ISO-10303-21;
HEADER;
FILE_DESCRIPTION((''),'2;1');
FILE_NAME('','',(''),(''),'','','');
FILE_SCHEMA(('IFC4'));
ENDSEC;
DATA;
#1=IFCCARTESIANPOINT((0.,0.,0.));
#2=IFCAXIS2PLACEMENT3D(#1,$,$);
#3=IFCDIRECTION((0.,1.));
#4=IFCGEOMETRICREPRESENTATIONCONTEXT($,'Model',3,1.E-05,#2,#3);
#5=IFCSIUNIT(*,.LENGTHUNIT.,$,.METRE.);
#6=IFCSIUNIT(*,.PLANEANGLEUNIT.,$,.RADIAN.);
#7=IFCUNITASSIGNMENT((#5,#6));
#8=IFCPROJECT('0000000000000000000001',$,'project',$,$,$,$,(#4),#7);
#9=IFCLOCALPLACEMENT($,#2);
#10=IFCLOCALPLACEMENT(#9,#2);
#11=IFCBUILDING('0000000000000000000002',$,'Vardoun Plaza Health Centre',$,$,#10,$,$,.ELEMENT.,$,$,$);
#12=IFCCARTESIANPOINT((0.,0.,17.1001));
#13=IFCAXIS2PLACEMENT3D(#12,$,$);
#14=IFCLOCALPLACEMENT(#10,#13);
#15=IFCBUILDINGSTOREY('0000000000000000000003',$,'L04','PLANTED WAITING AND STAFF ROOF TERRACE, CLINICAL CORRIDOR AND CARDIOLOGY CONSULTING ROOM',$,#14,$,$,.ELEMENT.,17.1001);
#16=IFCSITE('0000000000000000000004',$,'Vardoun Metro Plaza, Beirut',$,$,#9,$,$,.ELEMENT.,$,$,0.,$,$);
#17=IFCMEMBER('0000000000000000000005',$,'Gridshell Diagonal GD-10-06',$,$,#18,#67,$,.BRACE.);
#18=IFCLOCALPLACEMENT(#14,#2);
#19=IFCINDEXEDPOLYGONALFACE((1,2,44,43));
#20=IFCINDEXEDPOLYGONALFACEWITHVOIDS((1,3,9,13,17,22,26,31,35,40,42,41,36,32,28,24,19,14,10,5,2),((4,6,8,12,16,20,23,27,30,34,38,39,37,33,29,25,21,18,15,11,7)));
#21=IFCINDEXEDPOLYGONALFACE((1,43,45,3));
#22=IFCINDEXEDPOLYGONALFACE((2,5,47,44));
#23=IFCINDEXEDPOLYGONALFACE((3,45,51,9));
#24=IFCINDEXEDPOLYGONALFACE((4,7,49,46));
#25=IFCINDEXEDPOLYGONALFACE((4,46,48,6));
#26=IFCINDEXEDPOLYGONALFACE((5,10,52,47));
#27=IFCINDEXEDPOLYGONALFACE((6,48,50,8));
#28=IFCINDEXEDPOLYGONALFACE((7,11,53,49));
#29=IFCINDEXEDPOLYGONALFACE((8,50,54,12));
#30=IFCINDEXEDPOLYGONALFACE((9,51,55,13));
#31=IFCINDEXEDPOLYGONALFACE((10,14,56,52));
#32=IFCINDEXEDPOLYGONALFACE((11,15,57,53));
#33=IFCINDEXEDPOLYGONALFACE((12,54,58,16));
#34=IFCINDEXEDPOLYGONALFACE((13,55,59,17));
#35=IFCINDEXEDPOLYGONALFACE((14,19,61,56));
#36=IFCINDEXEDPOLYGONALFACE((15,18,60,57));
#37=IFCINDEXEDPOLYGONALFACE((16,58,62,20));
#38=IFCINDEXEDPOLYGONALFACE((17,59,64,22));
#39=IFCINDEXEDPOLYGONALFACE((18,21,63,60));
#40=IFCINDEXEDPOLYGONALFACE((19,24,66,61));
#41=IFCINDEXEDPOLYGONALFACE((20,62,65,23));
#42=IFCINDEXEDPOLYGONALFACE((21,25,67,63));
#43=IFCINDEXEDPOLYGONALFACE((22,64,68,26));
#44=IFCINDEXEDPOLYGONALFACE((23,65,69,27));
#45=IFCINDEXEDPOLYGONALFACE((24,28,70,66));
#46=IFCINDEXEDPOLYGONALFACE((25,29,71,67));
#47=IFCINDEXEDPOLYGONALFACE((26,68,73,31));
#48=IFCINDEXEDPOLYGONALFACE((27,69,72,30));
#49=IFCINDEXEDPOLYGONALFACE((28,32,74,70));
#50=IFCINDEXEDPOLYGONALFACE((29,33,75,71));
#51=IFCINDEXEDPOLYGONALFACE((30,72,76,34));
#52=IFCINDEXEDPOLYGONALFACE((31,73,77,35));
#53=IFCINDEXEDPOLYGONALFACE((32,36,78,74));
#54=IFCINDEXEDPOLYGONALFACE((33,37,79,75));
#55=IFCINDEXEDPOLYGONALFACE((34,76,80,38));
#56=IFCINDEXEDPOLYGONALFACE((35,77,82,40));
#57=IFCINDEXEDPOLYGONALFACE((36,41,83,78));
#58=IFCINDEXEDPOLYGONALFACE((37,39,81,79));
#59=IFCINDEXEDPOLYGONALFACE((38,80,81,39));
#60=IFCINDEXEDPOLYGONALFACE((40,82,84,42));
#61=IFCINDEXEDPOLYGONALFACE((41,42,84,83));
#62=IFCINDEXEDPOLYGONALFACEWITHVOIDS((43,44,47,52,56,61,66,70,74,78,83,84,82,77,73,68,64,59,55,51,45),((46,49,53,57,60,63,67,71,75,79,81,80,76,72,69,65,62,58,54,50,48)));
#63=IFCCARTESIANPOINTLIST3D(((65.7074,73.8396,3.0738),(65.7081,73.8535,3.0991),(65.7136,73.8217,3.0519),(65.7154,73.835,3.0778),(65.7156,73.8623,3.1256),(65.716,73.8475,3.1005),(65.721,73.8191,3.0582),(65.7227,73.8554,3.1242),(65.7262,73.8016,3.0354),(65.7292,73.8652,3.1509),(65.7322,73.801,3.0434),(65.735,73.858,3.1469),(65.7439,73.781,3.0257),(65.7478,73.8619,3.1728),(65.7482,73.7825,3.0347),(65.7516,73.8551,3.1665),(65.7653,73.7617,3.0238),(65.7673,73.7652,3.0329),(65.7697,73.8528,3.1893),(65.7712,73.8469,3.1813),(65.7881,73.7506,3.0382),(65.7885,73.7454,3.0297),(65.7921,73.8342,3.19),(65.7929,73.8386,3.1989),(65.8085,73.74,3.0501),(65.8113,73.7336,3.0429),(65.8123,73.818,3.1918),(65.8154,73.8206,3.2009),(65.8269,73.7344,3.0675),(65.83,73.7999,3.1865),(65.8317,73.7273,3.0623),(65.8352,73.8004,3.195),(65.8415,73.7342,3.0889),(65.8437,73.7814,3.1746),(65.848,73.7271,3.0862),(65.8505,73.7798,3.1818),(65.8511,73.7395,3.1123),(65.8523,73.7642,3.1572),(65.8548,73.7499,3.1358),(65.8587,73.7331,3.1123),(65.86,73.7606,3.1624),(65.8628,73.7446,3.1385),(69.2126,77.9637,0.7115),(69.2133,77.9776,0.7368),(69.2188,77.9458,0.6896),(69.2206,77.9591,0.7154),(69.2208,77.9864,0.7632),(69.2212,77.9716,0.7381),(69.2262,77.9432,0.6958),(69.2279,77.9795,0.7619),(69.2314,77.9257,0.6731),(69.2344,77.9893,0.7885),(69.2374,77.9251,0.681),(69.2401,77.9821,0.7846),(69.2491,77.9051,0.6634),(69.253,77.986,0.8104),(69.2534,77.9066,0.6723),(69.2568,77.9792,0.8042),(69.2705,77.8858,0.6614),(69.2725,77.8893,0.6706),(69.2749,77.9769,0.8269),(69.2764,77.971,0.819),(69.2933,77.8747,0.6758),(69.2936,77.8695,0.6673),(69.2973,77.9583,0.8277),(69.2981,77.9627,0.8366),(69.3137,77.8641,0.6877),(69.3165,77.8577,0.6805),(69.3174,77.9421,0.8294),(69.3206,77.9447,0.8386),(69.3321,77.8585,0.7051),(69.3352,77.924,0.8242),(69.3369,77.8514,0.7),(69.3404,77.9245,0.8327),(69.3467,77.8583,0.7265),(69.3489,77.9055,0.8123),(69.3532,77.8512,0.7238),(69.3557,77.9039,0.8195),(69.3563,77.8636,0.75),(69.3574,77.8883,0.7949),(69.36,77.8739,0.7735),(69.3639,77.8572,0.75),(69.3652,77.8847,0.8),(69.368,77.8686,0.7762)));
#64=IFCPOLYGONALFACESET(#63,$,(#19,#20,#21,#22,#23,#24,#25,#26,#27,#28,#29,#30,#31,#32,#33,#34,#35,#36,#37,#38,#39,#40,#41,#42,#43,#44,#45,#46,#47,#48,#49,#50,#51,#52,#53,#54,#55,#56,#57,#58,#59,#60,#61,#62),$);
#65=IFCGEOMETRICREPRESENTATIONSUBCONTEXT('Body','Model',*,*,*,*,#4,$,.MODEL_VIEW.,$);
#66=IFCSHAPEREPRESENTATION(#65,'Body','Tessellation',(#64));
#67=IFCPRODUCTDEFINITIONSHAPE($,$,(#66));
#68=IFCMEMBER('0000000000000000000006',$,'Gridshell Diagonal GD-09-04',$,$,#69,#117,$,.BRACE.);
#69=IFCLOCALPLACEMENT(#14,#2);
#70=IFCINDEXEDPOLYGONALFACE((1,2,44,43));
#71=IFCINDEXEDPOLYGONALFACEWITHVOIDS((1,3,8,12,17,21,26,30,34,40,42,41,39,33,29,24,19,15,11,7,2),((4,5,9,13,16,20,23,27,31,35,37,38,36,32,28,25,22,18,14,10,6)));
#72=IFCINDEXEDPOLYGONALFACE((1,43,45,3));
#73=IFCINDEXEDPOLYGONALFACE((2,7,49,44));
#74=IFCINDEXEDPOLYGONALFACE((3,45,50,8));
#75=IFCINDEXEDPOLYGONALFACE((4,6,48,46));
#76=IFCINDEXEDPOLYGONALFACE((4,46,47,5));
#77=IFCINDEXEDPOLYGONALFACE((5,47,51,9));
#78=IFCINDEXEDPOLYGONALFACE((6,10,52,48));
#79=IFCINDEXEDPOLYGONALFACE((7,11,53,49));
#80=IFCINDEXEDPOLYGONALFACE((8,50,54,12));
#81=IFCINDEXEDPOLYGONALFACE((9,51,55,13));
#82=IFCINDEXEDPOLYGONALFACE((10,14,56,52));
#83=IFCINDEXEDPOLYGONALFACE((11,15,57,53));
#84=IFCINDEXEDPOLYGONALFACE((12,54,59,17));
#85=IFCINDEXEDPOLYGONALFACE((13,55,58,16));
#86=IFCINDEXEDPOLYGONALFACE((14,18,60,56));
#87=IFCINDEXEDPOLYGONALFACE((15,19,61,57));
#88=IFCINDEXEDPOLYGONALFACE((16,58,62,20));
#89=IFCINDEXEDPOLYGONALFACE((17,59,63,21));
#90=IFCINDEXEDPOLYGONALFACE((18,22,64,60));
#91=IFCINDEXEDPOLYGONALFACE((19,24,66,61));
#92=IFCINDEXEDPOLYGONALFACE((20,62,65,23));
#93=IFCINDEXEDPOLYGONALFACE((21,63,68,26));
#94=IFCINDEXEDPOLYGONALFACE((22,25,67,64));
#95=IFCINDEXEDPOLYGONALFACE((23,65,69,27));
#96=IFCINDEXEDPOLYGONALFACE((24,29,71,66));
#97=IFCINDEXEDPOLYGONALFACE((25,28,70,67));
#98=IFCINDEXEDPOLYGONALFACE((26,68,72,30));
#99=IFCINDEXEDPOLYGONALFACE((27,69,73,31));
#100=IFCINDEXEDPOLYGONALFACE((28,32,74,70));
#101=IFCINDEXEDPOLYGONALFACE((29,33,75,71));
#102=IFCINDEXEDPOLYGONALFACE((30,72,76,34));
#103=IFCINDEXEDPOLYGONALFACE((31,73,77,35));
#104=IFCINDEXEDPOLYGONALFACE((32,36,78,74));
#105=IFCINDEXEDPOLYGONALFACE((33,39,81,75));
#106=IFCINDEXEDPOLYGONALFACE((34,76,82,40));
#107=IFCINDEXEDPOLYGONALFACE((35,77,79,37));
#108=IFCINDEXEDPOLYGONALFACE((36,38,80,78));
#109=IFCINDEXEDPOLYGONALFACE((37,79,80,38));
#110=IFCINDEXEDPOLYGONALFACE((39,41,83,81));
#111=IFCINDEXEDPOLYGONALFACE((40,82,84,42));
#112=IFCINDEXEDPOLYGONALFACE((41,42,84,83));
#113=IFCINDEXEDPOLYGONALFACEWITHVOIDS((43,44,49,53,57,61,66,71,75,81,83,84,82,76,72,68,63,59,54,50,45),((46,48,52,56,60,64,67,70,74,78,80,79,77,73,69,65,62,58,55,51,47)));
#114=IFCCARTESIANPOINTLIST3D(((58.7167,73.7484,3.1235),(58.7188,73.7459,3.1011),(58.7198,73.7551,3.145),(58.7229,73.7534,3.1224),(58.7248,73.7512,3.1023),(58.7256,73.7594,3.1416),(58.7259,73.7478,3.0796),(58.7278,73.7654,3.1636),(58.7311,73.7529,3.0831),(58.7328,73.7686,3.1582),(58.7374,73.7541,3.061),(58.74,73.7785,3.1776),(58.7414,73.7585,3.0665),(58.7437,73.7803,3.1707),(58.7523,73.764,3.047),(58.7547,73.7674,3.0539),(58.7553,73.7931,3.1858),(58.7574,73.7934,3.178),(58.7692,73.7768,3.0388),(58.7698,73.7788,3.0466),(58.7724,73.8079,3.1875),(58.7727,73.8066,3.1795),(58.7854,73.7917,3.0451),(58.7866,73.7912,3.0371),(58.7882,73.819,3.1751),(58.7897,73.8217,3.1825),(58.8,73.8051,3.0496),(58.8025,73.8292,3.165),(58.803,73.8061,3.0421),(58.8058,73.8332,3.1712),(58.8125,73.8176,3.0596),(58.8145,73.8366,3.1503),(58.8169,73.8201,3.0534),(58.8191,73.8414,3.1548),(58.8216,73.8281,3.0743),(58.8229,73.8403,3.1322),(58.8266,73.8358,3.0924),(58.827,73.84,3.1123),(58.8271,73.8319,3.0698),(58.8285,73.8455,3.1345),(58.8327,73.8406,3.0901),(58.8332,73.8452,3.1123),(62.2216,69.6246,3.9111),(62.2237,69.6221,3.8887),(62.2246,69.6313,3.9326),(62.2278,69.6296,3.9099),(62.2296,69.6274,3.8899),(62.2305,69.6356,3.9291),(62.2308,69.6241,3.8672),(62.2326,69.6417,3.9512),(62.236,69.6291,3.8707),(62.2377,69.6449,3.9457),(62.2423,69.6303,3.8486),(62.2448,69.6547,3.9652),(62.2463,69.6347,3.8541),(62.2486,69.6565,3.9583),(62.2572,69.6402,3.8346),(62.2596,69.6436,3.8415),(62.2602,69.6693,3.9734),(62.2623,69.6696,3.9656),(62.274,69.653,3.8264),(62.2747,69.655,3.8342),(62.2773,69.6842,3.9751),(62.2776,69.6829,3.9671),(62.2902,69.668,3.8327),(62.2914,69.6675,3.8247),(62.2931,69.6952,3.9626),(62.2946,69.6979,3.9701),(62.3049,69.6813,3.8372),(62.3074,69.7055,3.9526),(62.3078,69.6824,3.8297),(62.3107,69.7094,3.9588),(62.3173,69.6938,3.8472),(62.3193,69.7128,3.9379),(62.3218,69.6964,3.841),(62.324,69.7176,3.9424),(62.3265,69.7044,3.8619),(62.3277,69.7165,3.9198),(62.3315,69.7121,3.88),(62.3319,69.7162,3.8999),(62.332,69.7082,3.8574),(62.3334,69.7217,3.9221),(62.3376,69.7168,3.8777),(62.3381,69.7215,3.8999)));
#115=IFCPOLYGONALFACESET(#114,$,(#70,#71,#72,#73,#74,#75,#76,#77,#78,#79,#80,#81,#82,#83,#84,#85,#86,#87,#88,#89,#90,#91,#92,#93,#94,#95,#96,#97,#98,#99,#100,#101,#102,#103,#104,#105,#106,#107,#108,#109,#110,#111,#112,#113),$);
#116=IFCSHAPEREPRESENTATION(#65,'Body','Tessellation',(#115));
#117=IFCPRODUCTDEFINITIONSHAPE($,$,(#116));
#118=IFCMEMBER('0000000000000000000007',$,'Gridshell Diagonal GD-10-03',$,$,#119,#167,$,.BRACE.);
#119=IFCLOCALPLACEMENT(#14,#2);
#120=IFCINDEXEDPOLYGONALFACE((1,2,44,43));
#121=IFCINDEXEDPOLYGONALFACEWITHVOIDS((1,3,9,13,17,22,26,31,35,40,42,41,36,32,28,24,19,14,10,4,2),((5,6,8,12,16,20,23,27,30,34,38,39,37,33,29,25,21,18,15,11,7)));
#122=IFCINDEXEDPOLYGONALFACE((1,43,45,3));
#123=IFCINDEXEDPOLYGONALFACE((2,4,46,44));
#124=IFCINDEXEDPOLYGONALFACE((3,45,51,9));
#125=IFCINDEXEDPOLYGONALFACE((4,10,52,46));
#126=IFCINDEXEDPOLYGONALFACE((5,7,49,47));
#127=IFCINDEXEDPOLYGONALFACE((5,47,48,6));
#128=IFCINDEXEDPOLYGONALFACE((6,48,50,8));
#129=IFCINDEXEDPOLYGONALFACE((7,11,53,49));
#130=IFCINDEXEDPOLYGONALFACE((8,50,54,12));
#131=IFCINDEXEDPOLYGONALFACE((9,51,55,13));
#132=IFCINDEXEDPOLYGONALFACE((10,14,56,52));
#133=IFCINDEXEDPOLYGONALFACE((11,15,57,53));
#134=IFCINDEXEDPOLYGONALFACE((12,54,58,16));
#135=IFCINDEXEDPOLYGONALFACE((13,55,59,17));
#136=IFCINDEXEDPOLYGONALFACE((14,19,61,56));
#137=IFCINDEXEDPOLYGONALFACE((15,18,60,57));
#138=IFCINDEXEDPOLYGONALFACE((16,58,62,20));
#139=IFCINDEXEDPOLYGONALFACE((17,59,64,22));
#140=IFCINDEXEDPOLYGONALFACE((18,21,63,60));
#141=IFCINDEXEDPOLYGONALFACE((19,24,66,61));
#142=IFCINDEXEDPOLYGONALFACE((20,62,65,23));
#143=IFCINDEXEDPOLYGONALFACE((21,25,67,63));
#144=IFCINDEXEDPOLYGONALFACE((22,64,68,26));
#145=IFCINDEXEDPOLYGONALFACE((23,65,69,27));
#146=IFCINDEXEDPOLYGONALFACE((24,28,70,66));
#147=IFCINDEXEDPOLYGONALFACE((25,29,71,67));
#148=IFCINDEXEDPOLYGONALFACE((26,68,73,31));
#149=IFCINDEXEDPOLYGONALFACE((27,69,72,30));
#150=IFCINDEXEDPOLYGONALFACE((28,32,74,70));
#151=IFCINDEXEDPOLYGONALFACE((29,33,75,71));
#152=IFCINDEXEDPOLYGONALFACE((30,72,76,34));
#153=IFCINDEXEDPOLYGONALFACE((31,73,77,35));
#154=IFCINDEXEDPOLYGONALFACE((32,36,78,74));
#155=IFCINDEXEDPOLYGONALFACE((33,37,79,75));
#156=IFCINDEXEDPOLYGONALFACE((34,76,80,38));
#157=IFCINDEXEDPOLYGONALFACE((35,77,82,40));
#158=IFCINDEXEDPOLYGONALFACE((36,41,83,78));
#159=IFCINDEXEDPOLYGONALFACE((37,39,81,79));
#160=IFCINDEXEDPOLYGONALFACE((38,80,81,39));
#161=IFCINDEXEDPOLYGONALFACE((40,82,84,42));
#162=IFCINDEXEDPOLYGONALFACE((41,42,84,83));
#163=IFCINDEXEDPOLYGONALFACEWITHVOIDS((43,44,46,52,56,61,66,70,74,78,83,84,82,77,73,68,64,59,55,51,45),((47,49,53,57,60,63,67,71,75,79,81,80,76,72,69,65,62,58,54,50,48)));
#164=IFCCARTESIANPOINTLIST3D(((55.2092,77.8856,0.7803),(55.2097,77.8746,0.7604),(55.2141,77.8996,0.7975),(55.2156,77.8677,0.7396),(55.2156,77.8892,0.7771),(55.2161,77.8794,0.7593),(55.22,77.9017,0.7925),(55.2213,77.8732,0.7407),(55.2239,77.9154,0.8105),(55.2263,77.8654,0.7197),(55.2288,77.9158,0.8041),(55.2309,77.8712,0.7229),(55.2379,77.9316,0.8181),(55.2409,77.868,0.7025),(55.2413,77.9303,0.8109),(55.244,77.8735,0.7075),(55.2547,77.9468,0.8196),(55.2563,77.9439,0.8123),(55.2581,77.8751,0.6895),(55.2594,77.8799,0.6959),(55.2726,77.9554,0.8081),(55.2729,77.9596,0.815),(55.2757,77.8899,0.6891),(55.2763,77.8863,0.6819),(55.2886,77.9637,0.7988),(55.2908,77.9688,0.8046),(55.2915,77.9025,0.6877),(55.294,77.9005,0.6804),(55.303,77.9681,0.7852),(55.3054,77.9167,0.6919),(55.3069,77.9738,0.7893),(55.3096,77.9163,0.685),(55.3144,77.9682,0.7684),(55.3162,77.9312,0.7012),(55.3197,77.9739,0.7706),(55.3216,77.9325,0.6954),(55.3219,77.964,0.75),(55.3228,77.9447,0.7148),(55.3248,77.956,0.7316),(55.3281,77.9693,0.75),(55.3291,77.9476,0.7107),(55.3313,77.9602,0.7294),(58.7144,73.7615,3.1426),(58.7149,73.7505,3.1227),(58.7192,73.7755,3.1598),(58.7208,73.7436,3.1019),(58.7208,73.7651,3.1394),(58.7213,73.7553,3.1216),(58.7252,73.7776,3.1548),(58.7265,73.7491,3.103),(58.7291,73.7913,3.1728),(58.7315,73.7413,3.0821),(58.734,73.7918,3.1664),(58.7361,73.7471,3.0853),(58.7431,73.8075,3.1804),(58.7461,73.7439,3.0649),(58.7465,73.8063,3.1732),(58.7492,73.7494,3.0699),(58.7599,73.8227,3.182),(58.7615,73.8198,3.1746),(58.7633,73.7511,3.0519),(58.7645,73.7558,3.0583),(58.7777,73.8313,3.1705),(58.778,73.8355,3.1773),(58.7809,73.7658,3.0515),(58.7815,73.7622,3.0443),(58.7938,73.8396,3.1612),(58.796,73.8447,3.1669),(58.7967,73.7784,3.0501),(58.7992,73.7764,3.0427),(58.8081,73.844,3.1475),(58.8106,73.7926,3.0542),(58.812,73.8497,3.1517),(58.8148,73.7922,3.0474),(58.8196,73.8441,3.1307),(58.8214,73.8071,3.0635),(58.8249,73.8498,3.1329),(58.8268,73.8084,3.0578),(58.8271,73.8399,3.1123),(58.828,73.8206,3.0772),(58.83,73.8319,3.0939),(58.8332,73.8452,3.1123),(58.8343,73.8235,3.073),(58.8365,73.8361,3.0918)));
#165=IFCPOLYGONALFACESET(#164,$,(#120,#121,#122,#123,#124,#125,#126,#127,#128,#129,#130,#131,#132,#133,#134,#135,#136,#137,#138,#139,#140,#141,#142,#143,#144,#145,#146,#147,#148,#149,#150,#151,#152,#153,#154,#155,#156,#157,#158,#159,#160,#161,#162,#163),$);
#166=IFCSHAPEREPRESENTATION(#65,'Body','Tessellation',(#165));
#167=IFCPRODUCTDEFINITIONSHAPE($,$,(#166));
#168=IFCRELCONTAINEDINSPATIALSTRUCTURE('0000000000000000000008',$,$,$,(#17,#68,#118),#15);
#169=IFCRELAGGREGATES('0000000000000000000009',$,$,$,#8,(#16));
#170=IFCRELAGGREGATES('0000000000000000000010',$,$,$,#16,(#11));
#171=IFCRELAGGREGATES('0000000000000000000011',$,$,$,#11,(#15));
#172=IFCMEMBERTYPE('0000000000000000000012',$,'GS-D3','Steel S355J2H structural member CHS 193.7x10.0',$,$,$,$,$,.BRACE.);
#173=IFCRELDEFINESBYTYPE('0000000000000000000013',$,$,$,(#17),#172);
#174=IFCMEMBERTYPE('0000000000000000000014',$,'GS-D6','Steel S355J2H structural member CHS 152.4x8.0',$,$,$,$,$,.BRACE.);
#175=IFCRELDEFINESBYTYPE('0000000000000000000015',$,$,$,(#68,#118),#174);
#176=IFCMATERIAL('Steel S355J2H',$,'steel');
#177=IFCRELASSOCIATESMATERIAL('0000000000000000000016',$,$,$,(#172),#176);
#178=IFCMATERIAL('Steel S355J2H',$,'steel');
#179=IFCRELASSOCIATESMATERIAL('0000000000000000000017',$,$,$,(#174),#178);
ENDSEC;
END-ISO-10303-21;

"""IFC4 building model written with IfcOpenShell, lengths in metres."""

from ifc_helpers import new_model, si_unit, direction, frame, origin, origin_2d, place, context, subcontext, project, spatial, hollow_circle, extrude, material, material_profile, profile_set, type_object, element, save


model = new_model("IFC4")

# Units and contexts
model_context = context("Model", 3, precision=1e-05, world=origin(), true_north=direction((0.0, 1.0)))
body_context = subcontext(model_context, "Body", "Model", "MODEL_VIEW")
ifc_project = project(units=[si_unit("LENGTHUNIT", "METRE"), si_unit("PLANEANGLEUNIT", "RADIAN")], contexts=[model_context])

# Site, building, storey
site_placement = place(None, origin())
site = spatial("IfcSite", under=ifc_project, at=site_placement, Name="Vardoun Metro Plaza, Beirut", CompositionType="ELEMENT", RefElevation=0.0)
building_placement = place(site_placement, origin())
building = spatial("IfcBuilding", under=site, at=building_placement, Name="Vardoun Plaza Health Centre", CompositionType="ELEMENT")
storey_placement = place(building_placement, frame((0.0, 0.0, 17.1001)))
storey = spatial("IfcBuildingStorey", under=building, at=storey_placement, Name="L04", Description="PLANTED WAITING AND STAFF ROOF TERRACE, CLINICAL CORRIDOR AND CARDIOLOGY CONSULTING ROOM", CompositionType="ELEMENT", Elevation=17.1001)

# Members
ifc_material_1 = material(Name="Steel S355J2H", Category="steel")
ifc_material_profile_1 = material_profile(ifc_material_1, hollow_circle(Radius=0.0969, WallThickness=0.01, at=origin_2d()), Name="CHS 193.7x10.0")
ifc_profile_set_1 = profile_set([ifc_material_profile_1], Name="Steel S355J2H")
member_type_1 = type_object("IfcMemberType", Name="GS-D3", Description="Steel S355J2H structural member CHS 193.7x10.0", PredefinedType="BRACE", material=ifc_profile_set_1)
member_1_placement = place(storey_placement, frame((69.29, 77.9199, 0.75), z_axis=(-0.593544, -0.698346, 0.400023), x_axis=(0.761966, -0.647617, 0.0)))
element("IfcMember", 1, at=member_1_placement, inside=storey, type_object=member_type_1, Name="Gridshell Diagonal GD-10-06", PredefinedType="BRACE", context=body_context, shape_type="SweptSolid", body=[
    extrude(hollow_circle(Radius=0.0969, WallThickness=0.01, at=origin_2d()), origin(), (0.0, 0.0, 1.0), 5.9055),
])
ifc_material_2 = material(Name="Steel S355J2H", Category="steel")
ifc_material_profile_2 = material_profile(ifc_material_2, hollow_circle(Radius=0.0762, WallThickness=0.0081, at=origin_2d()), Name="CHS 152.4x8.0")
ifc_profile_set_2 = profile_set([ifc_material_profile_2], Name="Steel S355J2H")
member_type_2 = type_object("IfcMemberType", Name="GS-D6", Description="Steel S355J2H structural member CHS 152.4x8.0", PredefinedType="BRACE", material=ifc_profile_set_2)
member_2_placement = place(storey_placement, frame((58.7751, 73.7959, 3.1123), z_axis=(0.640862, -0.754027, 0.144011), x_axis=(0.761969, 0.647613, 0.0)))
element("IfcMember", 2, at=member_2_placement, inside=storey, type_object=member_type_2, Name="Gridshell Diagonal GD-09-04", PredefinedType="BRACE", context=body_context, shape_type="SweptSolid", body=[
    extrude(hollow_circle(Radius=0.0762, WallThickness=0.0081, at=origin_2d()), origin(), (0.0, 0.0, 1.0), 5.469),
])
member_3_placement = place(storey_placement, frame((55.27, 77.9199, 0.75), z_axis=(0.593544, -0.698346, 0.400023), x_axis=(0.761966, 0.647617, 0.0)))
element("IfcMember", 3, at=member_3_placement, inside=storey, type_object=member_type_2, Name="Gridshell Diagonal GD-10-03", PredefinedType="BRACE", context=body_context, shape_type="SweptSolid", body=[
    extrude(hollow_circle(Radius=0.0762, WallThickness=0.0081, at=origin_2d()), origin(), (0.0, 0.0, 1.0), 5.9055),
])

save(model, "model.ifc")
